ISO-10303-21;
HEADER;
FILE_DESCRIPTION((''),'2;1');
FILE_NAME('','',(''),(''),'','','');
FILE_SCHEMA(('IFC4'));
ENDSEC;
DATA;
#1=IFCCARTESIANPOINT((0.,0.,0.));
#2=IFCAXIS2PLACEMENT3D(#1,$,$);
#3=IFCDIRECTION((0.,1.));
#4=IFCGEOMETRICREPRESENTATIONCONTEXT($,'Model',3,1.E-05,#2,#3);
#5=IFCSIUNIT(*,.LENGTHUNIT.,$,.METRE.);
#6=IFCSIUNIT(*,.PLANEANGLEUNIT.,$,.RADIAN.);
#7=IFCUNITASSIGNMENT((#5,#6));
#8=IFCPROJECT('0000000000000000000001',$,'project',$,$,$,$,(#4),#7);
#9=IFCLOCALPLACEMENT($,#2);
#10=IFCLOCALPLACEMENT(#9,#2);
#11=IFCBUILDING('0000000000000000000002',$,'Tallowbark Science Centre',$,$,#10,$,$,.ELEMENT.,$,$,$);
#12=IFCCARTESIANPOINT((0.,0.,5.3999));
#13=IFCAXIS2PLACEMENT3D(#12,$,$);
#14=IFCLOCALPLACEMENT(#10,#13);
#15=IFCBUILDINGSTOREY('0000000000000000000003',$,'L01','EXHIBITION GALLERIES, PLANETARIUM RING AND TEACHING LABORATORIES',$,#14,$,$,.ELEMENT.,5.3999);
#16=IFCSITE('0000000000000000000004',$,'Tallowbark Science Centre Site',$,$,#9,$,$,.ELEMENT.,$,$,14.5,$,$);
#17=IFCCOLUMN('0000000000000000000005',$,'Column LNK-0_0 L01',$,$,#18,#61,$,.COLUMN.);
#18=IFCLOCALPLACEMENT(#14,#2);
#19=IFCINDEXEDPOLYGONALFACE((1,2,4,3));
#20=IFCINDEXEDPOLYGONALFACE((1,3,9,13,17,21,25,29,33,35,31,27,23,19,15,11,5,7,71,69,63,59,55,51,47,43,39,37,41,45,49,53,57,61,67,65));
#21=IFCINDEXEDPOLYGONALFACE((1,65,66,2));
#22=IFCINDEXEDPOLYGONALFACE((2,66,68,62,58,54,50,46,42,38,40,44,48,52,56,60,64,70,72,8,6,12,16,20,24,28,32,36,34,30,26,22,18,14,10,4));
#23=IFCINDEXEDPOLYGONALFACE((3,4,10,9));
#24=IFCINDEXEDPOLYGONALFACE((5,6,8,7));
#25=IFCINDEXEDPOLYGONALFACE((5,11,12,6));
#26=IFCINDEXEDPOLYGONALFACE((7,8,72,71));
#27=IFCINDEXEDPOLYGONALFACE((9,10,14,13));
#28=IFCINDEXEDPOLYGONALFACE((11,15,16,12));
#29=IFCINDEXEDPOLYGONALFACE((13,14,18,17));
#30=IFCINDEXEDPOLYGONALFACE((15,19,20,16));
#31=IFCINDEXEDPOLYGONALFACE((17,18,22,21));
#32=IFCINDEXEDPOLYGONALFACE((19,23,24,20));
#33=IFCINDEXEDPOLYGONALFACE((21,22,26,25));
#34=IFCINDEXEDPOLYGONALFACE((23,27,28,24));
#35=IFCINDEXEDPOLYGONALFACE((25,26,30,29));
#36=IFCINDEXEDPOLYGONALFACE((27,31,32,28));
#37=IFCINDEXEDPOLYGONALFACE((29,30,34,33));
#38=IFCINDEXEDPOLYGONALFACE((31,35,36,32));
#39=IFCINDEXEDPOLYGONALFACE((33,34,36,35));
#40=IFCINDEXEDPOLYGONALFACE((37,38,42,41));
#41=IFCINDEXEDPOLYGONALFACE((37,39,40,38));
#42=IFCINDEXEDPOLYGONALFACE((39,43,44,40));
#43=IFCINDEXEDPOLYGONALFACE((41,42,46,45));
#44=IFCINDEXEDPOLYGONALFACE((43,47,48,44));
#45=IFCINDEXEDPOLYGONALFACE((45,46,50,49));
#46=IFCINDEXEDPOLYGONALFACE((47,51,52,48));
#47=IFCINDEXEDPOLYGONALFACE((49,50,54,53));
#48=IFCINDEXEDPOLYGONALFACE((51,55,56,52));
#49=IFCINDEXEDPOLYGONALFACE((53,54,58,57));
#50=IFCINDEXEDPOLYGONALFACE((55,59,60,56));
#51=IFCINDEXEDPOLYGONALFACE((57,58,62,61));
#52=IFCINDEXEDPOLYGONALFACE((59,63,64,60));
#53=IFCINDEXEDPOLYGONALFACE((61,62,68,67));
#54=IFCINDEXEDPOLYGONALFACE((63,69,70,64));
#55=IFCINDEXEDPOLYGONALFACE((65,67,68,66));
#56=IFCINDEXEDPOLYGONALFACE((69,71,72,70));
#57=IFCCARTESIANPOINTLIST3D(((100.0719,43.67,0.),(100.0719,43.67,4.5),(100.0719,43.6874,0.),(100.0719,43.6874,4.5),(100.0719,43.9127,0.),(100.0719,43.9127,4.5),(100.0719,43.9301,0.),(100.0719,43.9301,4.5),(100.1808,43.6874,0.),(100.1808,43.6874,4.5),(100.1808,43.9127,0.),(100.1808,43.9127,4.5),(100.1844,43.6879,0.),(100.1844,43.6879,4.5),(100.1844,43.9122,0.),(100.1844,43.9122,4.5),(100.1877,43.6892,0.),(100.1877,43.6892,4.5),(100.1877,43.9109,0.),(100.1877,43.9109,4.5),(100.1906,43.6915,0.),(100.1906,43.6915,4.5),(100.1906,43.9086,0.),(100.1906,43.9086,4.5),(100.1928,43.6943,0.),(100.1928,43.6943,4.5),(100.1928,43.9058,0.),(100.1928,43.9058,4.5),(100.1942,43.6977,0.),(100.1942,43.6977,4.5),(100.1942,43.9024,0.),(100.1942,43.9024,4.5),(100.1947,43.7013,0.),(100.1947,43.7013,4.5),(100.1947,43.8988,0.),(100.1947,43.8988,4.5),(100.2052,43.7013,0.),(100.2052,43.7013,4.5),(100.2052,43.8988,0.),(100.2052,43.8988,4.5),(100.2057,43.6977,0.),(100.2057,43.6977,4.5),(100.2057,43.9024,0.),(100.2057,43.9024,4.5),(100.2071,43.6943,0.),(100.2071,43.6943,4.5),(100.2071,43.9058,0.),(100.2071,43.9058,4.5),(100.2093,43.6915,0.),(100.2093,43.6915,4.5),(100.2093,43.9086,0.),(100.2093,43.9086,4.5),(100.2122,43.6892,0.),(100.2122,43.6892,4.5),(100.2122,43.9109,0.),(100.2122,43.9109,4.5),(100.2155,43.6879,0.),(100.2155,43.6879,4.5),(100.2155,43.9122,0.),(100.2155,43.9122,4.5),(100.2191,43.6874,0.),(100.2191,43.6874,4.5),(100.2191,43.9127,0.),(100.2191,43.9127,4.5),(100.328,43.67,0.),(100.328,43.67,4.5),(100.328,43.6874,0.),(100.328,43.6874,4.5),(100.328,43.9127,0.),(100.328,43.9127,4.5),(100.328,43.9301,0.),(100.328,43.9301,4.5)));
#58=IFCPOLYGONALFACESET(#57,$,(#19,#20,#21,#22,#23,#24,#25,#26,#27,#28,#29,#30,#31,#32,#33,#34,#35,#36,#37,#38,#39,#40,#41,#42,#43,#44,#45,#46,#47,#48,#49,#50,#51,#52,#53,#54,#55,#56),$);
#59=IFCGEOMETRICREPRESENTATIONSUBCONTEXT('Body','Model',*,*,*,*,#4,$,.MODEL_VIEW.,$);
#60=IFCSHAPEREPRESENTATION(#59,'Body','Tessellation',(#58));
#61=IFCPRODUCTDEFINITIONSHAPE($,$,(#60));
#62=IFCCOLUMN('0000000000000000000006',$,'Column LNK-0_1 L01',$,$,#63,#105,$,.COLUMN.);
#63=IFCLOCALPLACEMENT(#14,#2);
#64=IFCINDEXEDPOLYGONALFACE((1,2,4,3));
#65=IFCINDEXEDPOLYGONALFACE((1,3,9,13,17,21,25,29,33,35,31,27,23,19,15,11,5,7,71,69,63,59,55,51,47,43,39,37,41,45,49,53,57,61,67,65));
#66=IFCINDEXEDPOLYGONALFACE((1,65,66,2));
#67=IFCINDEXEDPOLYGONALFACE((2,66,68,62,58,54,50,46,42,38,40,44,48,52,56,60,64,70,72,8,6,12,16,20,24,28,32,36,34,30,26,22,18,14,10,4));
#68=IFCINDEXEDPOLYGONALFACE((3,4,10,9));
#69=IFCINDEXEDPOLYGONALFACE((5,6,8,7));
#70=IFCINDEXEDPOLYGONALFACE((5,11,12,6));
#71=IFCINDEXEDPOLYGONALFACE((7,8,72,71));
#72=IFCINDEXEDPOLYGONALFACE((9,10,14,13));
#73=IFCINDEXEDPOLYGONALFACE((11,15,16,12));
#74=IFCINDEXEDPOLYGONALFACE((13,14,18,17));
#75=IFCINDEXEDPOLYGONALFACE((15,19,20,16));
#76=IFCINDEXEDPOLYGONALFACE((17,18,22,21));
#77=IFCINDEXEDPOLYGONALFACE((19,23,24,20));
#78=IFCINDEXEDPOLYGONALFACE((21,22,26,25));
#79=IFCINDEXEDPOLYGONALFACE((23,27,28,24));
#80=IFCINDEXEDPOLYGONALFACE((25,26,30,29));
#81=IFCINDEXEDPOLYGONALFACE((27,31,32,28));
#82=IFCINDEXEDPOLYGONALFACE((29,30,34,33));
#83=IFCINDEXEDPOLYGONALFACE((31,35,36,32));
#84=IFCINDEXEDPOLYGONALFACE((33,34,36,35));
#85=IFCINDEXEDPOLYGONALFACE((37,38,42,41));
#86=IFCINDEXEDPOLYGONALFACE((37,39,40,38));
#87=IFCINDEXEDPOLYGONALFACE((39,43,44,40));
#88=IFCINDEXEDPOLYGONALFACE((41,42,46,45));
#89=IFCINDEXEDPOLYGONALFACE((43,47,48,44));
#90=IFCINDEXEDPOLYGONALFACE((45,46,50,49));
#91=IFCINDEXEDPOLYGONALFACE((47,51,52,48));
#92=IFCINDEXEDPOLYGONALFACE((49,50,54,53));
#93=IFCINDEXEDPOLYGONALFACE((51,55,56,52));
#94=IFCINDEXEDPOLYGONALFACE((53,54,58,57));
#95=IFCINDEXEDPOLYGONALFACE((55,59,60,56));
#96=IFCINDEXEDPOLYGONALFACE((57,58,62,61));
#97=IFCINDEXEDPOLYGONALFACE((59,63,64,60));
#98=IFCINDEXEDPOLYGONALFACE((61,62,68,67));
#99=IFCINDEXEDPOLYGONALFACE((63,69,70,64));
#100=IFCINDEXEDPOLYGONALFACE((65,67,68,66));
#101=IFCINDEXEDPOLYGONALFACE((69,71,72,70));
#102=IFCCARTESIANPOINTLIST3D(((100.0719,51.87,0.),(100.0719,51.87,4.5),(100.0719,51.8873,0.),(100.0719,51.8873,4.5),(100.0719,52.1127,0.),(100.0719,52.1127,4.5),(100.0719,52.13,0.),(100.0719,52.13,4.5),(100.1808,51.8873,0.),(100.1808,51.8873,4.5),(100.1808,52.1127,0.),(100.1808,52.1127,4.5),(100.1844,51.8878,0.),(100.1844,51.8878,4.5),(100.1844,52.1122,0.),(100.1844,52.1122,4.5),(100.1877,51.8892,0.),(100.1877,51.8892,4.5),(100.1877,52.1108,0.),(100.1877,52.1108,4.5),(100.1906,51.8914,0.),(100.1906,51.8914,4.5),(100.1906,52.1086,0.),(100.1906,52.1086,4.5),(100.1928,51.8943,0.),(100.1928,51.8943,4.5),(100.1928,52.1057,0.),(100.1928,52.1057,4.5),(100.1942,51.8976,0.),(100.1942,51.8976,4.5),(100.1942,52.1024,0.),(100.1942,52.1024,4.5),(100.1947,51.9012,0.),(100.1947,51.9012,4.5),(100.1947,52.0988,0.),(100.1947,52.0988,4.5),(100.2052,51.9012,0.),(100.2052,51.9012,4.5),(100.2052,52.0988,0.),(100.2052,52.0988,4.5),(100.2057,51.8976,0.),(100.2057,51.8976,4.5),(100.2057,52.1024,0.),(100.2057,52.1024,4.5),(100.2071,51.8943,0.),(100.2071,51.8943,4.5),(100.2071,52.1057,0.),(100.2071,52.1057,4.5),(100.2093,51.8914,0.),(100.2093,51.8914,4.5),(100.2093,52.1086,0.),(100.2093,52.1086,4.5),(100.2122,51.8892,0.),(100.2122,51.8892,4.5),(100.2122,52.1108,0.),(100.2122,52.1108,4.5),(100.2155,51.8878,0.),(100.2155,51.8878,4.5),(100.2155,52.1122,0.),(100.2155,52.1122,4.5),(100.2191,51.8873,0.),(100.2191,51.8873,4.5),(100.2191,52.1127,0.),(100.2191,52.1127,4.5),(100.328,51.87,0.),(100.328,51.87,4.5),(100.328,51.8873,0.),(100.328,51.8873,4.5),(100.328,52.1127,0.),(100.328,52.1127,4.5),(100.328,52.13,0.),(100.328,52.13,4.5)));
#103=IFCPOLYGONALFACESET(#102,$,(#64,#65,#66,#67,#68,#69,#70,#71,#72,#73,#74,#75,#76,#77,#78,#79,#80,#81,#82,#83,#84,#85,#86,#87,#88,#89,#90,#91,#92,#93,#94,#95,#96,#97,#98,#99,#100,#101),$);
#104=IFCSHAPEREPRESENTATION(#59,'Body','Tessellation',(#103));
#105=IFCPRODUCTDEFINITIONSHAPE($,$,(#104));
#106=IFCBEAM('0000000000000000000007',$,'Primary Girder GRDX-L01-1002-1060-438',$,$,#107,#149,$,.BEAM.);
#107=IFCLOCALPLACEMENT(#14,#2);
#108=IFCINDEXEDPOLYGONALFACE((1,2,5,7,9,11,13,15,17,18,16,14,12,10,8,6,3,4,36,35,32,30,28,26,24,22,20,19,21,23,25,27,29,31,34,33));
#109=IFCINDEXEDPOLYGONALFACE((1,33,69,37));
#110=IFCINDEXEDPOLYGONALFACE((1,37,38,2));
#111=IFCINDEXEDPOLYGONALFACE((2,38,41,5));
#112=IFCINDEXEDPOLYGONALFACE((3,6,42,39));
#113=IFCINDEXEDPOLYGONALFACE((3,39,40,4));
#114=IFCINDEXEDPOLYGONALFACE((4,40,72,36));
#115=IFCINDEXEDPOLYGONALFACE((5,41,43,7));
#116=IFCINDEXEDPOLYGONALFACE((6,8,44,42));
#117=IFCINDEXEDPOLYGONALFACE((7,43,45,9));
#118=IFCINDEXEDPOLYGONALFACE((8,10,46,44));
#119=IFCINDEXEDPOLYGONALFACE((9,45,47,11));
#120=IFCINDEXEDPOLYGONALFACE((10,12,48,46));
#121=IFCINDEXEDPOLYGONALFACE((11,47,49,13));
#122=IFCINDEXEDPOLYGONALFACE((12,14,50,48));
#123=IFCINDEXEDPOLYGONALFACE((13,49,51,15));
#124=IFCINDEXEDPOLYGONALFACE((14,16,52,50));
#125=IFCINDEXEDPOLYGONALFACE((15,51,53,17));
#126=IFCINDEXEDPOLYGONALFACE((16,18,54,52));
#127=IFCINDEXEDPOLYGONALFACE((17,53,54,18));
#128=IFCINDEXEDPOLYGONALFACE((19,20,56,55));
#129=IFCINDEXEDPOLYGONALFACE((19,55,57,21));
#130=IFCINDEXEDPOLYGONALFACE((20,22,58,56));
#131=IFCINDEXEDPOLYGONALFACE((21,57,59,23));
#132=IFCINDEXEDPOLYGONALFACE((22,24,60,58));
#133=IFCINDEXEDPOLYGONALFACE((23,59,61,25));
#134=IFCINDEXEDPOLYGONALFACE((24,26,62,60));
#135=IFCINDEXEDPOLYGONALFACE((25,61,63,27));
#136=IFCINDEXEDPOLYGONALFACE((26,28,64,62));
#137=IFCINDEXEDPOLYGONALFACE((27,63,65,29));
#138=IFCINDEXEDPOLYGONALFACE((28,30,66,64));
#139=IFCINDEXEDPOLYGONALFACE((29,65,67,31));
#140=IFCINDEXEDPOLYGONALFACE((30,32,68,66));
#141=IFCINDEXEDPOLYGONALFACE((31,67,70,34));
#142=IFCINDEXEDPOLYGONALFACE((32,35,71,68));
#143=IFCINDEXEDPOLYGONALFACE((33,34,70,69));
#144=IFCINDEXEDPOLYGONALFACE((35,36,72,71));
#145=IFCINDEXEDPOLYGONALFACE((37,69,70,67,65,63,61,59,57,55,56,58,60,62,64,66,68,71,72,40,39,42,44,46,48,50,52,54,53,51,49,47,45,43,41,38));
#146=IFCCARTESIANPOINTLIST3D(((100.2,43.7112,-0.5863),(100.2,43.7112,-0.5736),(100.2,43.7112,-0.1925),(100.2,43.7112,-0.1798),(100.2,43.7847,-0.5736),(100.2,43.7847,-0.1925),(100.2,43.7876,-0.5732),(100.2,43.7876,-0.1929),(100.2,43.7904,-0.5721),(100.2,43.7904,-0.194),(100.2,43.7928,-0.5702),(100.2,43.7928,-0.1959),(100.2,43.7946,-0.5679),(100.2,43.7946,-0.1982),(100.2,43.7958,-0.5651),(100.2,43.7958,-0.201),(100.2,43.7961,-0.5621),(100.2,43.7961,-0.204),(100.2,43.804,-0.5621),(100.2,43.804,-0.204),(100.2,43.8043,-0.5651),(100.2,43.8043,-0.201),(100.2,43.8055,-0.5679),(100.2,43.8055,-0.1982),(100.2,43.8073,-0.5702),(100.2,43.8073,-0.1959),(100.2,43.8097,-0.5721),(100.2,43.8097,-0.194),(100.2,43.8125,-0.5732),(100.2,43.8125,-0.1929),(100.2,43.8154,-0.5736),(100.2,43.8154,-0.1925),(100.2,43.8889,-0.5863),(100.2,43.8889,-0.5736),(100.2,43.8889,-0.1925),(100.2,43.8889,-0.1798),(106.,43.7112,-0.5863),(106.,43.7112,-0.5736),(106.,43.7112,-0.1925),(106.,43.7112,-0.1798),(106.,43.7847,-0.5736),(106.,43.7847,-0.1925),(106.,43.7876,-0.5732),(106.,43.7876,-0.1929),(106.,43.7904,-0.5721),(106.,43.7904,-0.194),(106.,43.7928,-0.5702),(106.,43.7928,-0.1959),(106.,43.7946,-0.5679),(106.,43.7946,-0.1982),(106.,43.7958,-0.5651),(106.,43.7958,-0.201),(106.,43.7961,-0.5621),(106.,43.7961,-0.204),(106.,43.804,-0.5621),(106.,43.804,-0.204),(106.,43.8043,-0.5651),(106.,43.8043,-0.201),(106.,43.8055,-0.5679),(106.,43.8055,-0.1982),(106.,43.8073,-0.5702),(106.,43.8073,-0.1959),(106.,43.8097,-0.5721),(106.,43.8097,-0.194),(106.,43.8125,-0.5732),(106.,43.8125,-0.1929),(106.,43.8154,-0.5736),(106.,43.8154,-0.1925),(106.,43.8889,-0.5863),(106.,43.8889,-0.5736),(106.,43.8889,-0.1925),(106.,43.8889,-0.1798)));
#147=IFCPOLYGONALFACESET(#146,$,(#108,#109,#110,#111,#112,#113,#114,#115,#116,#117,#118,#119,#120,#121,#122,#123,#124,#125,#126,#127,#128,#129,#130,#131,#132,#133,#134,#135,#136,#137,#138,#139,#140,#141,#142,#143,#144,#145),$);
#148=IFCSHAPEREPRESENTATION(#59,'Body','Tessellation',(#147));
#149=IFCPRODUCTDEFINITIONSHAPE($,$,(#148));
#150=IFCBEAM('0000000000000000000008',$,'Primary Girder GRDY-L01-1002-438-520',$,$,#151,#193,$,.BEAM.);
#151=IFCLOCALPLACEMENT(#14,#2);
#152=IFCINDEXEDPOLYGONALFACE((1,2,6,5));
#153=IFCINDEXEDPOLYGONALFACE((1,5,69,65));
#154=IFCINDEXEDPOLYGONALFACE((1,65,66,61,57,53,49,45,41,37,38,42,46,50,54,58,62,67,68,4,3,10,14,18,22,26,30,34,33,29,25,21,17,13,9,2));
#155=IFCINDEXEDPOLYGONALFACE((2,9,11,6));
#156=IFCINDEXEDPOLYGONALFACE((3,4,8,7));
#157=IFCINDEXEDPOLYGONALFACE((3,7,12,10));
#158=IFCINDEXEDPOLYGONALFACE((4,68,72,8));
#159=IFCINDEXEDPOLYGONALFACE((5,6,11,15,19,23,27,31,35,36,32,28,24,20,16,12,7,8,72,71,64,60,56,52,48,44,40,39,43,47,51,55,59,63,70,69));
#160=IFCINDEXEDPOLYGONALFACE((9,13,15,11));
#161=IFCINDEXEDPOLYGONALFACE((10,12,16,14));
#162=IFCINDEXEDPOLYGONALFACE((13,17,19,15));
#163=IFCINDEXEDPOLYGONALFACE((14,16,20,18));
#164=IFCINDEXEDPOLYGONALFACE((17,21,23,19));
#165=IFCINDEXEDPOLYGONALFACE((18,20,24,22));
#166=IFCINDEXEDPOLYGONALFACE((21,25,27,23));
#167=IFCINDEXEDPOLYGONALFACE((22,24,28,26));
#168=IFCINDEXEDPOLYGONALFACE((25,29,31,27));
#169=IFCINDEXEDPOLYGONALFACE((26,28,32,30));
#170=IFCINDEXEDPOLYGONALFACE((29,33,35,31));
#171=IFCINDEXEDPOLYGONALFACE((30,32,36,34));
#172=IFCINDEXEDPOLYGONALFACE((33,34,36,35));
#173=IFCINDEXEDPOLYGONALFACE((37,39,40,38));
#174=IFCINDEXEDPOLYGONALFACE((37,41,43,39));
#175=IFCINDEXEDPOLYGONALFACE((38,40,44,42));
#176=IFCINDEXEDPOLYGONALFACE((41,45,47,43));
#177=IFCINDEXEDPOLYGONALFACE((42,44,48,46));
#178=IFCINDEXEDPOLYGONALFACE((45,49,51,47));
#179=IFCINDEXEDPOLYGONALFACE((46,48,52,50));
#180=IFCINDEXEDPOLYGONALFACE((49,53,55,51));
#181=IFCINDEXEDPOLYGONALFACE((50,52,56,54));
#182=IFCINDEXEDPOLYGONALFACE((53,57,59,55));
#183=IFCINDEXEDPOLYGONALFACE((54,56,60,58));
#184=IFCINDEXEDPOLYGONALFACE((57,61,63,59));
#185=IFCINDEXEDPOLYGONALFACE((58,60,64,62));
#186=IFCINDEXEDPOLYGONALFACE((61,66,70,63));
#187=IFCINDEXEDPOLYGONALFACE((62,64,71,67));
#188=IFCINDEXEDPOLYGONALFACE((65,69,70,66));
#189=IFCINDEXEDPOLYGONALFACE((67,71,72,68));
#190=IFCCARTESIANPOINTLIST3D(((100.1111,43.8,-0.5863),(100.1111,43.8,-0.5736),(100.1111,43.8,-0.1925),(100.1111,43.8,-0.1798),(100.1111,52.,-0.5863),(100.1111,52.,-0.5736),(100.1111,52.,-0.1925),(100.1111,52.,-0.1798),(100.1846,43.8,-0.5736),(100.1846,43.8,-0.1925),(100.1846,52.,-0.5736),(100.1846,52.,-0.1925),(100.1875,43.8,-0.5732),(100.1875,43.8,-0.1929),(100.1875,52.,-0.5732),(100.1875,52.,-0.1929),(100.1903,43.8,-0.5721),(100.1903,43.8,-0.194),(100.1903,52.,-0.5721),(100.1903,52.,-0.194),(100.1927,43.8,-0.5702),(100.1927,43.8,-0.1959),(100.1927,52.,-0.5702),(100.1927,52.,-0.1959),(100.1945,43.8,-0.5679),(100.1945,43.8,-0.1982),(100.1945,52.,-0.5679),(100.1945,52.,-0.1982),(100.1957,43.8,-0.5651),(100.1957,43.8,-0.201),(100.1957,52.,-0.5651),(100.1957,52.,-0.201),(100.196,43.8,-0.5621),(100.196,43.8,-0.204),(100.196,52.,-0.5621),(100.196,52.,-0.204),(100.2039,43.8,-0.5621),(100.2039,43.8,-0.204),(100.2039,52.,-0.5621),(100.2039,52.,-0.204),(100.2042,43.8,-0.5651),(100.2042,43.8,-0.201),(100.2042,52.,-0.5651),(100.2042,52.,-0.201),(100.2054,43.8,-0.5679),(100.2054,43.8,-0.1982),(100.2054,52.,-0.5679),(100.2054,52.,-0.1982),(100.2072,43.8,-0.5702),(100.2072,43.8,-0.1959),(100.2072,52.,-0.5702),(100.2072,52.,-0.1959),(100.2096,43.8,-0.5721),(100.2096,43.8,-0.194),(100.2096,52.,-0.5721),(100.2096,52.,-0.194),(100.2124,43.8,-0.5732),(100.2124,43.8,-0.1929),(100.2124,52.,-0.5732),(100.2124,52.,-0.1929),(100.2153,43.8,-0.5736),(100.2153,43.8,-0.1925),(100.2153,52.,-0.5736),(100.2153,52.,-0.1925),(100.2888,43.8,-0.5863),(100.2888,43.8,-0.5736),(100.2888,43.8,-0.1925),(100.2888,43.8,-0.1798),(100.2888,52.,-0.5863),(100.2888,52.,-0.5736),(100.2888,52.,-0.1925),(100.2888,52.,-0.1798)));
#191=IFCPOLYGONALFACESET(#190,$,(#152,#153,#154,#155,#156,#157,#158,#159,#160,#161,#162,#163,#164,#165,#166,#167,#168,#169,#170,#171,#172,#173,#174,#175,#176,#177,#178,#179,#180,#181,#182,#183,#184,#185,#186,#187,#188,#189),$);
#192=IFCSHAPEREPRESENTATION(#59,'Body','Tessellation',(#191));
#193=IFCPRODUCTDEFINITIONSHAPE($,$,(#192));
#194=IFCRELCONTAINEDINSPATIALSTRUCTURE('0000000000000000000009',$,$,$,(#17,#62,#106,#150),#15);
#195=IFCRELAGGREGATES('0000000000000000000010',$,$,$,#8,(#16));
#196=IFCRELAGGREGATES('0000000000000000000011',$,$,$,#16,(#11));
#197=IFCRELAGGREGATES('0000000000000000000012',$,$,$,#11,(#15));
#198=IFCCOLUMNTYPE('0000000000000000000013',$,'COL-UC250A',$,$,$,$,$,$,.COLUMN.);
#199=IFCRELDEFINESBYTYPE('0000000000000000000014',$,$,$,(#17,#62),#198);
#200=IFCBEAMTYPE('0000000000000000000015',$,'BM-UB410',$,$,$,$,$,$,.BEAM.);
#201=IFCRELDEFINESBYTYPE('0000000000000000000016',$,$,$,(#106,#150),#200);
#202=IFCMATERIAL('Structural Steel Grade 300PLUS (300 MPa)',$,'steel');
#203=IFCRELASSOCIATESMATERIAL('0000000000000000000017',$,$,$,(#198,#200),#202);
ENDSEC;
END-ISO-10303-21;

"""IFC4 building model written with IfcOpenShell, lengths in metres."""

from ifc_helpers import new_model, si_unit, direction, frame, origin, origin_2d, place, context, subcontext, project, spatial, i_section, extrude, material, material_profile, profile_set, type_object, element, save


model = new_model("IFC4")

# Units and contexts
model_context = context("Model", 3, precision=1e-05, world=origin(), true_north=direction((0.0, 1.0)))
body_context = subcontext(model_context, "Body", "Model", "MODEL_VIEW")
ifc_project = project(units=[si_unit("LENGTHUNIT", "METRE"), si_unit("PLANEANGLEUNIT", "RADIAN")], contexts=[model_context])

# Site, building, storey
site_placement = place(None, origin())
site = spatial("IfcSite", under=ifc_project, at=site_placement, Name="Tallowbark Science Centre Site", CompositionType="ELEMENT", RefElevation=14.5)
building_placement = place(site_placement, origin())
building = spatial("IfcBuilding", under=site, at=building_placement, Name="Tallowbark Science Centre", CompositionType="ELEMENT")
storey_placement = place(building_placement, frame((0.0, 0.0, 5.3999)))
storey = spatial("IfcBuildingStorey", under=building, at=storey_placement, Name="L01", Description="EXHIBITION GALLERIES, PLANETARIUM RING AND TEACHING LABORATORIES", CompositionType="ELEMENT", Elevation=5.3999)

# Columns
ifc_material_1 = material(Name="Structural Steel Grade 300PLUS (300 MPa)", Category="steel")
ifc_material_profile_1 = material_profile(ifc_material_1, i_section(OverallWidth=0.2561, OverallDepth=0.26, WebThickness=0.0105, FlangeThickness=0.0173, FilletRadius=0.0139, at=origin_2d()), Name="250UC89.5")
ifc_profile_set_1 = profile_set([ifc_material_profile_1], Name="Structural Steel Grade 300PLUS (300 MPa)")
column_type = type_object("IfcColumnType", Name="COL-UC250A", PredefinedType="COLUMN", material=ifc_profile_set_1)
for number, where, z_axis, x_axis, name in (
    (1, (100.2, 43.8, 0.0), (0.0, 0.0, 1.0), (1.0, 0.0, 0.0), "Column LNK-0_0 L01"),
    (2, (100.2, 52.0, 0.0), (0.0, 0.0, 1.0), (1.0, 0.0, 0.0), "Column LNK-0_1 L01"),
):
    element("IfcColumn", number, at=place(storey_placement, frame(where, z_axis=z_axis, x_axis=x_axis)), inside=storey, type_object=column_type, Name=name, PredefinedType="COLUMN", context=body_context, shape_type="SweptSolid", body=[
        extrude(i_section(OverallWidth=0.2561, OverallDepth=0.26, WebThickness=0.0105, FlangeThickness=0.0173, FilletRadius=0.0139, at=origin_2d()), origin(), (0.0, 0.0, 1.0), 4.5),
    ])

# Beams
ifc_material_profile_2 = material_profile(ifc_material_1, i_section(OverallWidth=0.1777, OverallDepth=0.4065, WebThickness=0.0078, FlangeThickness=0.0127, FilletRadius=0.0115, at=origin_2d()), Name="410UB59.7")
ifc_profile_set_2 = profile_set([ifc_material_profile_2], Name="Structural Steel Grade 300PLUS (300 MPa)")
beam_type = type_object("IfcBeamType", Name="BM-UB410", PredefinedType="BEAM", material=ifc_profile_set_2)
beam_1_placement = place(storey_placement, frame((100.2, 43.8, -0.3831), z_axis=(1.0, 0.0, 0.0), x_axis=(0.0, 1.0, 0.0)))
element("IfcBeam", 3, at=beam_1_placement, inside=storey, type_object=beam_type, Name="Primary Girder GRDX-L01-1002-1060-438", PredefinedType="BEAM", context=body_context, shape_type="SweptSolid", body=[
    extrude(i_section(OverallWidth=0.1777, OverallDepth=0.4065, WebThickness=0.0078, FlangeThickness=0.0127, FilletRadius=0.0115, at=origin_2d()), origin(), (0.0, 0.0, 1.0), 5.8),
])
beam_2_placement = place(storey_placement, frame((100.2, 43.8, -0.3831), z_axis=(0.0, 1.0, 0.0), x_axis=(-1.0, 0.0, 0.0)))
element("IfcBeam", 4, at=beam_2_placement, inside=storey, type_object=beam_type, Name="Primary Girder GRDY-L01-1002-438-520", PredefinedType="BEAM", context=body_context, shape_type="SweptSolid", body=[
    extrude(i_section(OverallWidth=0.1777, OverallDepth=0.4065, WebThickness=0.0078, FlangeThickness=0.0127, FilletRadius=0.0115, at=origin_2d()), origin(), (0.0, 0.0, 1.0), 8.2),
])

save(model, "model.ifc")
